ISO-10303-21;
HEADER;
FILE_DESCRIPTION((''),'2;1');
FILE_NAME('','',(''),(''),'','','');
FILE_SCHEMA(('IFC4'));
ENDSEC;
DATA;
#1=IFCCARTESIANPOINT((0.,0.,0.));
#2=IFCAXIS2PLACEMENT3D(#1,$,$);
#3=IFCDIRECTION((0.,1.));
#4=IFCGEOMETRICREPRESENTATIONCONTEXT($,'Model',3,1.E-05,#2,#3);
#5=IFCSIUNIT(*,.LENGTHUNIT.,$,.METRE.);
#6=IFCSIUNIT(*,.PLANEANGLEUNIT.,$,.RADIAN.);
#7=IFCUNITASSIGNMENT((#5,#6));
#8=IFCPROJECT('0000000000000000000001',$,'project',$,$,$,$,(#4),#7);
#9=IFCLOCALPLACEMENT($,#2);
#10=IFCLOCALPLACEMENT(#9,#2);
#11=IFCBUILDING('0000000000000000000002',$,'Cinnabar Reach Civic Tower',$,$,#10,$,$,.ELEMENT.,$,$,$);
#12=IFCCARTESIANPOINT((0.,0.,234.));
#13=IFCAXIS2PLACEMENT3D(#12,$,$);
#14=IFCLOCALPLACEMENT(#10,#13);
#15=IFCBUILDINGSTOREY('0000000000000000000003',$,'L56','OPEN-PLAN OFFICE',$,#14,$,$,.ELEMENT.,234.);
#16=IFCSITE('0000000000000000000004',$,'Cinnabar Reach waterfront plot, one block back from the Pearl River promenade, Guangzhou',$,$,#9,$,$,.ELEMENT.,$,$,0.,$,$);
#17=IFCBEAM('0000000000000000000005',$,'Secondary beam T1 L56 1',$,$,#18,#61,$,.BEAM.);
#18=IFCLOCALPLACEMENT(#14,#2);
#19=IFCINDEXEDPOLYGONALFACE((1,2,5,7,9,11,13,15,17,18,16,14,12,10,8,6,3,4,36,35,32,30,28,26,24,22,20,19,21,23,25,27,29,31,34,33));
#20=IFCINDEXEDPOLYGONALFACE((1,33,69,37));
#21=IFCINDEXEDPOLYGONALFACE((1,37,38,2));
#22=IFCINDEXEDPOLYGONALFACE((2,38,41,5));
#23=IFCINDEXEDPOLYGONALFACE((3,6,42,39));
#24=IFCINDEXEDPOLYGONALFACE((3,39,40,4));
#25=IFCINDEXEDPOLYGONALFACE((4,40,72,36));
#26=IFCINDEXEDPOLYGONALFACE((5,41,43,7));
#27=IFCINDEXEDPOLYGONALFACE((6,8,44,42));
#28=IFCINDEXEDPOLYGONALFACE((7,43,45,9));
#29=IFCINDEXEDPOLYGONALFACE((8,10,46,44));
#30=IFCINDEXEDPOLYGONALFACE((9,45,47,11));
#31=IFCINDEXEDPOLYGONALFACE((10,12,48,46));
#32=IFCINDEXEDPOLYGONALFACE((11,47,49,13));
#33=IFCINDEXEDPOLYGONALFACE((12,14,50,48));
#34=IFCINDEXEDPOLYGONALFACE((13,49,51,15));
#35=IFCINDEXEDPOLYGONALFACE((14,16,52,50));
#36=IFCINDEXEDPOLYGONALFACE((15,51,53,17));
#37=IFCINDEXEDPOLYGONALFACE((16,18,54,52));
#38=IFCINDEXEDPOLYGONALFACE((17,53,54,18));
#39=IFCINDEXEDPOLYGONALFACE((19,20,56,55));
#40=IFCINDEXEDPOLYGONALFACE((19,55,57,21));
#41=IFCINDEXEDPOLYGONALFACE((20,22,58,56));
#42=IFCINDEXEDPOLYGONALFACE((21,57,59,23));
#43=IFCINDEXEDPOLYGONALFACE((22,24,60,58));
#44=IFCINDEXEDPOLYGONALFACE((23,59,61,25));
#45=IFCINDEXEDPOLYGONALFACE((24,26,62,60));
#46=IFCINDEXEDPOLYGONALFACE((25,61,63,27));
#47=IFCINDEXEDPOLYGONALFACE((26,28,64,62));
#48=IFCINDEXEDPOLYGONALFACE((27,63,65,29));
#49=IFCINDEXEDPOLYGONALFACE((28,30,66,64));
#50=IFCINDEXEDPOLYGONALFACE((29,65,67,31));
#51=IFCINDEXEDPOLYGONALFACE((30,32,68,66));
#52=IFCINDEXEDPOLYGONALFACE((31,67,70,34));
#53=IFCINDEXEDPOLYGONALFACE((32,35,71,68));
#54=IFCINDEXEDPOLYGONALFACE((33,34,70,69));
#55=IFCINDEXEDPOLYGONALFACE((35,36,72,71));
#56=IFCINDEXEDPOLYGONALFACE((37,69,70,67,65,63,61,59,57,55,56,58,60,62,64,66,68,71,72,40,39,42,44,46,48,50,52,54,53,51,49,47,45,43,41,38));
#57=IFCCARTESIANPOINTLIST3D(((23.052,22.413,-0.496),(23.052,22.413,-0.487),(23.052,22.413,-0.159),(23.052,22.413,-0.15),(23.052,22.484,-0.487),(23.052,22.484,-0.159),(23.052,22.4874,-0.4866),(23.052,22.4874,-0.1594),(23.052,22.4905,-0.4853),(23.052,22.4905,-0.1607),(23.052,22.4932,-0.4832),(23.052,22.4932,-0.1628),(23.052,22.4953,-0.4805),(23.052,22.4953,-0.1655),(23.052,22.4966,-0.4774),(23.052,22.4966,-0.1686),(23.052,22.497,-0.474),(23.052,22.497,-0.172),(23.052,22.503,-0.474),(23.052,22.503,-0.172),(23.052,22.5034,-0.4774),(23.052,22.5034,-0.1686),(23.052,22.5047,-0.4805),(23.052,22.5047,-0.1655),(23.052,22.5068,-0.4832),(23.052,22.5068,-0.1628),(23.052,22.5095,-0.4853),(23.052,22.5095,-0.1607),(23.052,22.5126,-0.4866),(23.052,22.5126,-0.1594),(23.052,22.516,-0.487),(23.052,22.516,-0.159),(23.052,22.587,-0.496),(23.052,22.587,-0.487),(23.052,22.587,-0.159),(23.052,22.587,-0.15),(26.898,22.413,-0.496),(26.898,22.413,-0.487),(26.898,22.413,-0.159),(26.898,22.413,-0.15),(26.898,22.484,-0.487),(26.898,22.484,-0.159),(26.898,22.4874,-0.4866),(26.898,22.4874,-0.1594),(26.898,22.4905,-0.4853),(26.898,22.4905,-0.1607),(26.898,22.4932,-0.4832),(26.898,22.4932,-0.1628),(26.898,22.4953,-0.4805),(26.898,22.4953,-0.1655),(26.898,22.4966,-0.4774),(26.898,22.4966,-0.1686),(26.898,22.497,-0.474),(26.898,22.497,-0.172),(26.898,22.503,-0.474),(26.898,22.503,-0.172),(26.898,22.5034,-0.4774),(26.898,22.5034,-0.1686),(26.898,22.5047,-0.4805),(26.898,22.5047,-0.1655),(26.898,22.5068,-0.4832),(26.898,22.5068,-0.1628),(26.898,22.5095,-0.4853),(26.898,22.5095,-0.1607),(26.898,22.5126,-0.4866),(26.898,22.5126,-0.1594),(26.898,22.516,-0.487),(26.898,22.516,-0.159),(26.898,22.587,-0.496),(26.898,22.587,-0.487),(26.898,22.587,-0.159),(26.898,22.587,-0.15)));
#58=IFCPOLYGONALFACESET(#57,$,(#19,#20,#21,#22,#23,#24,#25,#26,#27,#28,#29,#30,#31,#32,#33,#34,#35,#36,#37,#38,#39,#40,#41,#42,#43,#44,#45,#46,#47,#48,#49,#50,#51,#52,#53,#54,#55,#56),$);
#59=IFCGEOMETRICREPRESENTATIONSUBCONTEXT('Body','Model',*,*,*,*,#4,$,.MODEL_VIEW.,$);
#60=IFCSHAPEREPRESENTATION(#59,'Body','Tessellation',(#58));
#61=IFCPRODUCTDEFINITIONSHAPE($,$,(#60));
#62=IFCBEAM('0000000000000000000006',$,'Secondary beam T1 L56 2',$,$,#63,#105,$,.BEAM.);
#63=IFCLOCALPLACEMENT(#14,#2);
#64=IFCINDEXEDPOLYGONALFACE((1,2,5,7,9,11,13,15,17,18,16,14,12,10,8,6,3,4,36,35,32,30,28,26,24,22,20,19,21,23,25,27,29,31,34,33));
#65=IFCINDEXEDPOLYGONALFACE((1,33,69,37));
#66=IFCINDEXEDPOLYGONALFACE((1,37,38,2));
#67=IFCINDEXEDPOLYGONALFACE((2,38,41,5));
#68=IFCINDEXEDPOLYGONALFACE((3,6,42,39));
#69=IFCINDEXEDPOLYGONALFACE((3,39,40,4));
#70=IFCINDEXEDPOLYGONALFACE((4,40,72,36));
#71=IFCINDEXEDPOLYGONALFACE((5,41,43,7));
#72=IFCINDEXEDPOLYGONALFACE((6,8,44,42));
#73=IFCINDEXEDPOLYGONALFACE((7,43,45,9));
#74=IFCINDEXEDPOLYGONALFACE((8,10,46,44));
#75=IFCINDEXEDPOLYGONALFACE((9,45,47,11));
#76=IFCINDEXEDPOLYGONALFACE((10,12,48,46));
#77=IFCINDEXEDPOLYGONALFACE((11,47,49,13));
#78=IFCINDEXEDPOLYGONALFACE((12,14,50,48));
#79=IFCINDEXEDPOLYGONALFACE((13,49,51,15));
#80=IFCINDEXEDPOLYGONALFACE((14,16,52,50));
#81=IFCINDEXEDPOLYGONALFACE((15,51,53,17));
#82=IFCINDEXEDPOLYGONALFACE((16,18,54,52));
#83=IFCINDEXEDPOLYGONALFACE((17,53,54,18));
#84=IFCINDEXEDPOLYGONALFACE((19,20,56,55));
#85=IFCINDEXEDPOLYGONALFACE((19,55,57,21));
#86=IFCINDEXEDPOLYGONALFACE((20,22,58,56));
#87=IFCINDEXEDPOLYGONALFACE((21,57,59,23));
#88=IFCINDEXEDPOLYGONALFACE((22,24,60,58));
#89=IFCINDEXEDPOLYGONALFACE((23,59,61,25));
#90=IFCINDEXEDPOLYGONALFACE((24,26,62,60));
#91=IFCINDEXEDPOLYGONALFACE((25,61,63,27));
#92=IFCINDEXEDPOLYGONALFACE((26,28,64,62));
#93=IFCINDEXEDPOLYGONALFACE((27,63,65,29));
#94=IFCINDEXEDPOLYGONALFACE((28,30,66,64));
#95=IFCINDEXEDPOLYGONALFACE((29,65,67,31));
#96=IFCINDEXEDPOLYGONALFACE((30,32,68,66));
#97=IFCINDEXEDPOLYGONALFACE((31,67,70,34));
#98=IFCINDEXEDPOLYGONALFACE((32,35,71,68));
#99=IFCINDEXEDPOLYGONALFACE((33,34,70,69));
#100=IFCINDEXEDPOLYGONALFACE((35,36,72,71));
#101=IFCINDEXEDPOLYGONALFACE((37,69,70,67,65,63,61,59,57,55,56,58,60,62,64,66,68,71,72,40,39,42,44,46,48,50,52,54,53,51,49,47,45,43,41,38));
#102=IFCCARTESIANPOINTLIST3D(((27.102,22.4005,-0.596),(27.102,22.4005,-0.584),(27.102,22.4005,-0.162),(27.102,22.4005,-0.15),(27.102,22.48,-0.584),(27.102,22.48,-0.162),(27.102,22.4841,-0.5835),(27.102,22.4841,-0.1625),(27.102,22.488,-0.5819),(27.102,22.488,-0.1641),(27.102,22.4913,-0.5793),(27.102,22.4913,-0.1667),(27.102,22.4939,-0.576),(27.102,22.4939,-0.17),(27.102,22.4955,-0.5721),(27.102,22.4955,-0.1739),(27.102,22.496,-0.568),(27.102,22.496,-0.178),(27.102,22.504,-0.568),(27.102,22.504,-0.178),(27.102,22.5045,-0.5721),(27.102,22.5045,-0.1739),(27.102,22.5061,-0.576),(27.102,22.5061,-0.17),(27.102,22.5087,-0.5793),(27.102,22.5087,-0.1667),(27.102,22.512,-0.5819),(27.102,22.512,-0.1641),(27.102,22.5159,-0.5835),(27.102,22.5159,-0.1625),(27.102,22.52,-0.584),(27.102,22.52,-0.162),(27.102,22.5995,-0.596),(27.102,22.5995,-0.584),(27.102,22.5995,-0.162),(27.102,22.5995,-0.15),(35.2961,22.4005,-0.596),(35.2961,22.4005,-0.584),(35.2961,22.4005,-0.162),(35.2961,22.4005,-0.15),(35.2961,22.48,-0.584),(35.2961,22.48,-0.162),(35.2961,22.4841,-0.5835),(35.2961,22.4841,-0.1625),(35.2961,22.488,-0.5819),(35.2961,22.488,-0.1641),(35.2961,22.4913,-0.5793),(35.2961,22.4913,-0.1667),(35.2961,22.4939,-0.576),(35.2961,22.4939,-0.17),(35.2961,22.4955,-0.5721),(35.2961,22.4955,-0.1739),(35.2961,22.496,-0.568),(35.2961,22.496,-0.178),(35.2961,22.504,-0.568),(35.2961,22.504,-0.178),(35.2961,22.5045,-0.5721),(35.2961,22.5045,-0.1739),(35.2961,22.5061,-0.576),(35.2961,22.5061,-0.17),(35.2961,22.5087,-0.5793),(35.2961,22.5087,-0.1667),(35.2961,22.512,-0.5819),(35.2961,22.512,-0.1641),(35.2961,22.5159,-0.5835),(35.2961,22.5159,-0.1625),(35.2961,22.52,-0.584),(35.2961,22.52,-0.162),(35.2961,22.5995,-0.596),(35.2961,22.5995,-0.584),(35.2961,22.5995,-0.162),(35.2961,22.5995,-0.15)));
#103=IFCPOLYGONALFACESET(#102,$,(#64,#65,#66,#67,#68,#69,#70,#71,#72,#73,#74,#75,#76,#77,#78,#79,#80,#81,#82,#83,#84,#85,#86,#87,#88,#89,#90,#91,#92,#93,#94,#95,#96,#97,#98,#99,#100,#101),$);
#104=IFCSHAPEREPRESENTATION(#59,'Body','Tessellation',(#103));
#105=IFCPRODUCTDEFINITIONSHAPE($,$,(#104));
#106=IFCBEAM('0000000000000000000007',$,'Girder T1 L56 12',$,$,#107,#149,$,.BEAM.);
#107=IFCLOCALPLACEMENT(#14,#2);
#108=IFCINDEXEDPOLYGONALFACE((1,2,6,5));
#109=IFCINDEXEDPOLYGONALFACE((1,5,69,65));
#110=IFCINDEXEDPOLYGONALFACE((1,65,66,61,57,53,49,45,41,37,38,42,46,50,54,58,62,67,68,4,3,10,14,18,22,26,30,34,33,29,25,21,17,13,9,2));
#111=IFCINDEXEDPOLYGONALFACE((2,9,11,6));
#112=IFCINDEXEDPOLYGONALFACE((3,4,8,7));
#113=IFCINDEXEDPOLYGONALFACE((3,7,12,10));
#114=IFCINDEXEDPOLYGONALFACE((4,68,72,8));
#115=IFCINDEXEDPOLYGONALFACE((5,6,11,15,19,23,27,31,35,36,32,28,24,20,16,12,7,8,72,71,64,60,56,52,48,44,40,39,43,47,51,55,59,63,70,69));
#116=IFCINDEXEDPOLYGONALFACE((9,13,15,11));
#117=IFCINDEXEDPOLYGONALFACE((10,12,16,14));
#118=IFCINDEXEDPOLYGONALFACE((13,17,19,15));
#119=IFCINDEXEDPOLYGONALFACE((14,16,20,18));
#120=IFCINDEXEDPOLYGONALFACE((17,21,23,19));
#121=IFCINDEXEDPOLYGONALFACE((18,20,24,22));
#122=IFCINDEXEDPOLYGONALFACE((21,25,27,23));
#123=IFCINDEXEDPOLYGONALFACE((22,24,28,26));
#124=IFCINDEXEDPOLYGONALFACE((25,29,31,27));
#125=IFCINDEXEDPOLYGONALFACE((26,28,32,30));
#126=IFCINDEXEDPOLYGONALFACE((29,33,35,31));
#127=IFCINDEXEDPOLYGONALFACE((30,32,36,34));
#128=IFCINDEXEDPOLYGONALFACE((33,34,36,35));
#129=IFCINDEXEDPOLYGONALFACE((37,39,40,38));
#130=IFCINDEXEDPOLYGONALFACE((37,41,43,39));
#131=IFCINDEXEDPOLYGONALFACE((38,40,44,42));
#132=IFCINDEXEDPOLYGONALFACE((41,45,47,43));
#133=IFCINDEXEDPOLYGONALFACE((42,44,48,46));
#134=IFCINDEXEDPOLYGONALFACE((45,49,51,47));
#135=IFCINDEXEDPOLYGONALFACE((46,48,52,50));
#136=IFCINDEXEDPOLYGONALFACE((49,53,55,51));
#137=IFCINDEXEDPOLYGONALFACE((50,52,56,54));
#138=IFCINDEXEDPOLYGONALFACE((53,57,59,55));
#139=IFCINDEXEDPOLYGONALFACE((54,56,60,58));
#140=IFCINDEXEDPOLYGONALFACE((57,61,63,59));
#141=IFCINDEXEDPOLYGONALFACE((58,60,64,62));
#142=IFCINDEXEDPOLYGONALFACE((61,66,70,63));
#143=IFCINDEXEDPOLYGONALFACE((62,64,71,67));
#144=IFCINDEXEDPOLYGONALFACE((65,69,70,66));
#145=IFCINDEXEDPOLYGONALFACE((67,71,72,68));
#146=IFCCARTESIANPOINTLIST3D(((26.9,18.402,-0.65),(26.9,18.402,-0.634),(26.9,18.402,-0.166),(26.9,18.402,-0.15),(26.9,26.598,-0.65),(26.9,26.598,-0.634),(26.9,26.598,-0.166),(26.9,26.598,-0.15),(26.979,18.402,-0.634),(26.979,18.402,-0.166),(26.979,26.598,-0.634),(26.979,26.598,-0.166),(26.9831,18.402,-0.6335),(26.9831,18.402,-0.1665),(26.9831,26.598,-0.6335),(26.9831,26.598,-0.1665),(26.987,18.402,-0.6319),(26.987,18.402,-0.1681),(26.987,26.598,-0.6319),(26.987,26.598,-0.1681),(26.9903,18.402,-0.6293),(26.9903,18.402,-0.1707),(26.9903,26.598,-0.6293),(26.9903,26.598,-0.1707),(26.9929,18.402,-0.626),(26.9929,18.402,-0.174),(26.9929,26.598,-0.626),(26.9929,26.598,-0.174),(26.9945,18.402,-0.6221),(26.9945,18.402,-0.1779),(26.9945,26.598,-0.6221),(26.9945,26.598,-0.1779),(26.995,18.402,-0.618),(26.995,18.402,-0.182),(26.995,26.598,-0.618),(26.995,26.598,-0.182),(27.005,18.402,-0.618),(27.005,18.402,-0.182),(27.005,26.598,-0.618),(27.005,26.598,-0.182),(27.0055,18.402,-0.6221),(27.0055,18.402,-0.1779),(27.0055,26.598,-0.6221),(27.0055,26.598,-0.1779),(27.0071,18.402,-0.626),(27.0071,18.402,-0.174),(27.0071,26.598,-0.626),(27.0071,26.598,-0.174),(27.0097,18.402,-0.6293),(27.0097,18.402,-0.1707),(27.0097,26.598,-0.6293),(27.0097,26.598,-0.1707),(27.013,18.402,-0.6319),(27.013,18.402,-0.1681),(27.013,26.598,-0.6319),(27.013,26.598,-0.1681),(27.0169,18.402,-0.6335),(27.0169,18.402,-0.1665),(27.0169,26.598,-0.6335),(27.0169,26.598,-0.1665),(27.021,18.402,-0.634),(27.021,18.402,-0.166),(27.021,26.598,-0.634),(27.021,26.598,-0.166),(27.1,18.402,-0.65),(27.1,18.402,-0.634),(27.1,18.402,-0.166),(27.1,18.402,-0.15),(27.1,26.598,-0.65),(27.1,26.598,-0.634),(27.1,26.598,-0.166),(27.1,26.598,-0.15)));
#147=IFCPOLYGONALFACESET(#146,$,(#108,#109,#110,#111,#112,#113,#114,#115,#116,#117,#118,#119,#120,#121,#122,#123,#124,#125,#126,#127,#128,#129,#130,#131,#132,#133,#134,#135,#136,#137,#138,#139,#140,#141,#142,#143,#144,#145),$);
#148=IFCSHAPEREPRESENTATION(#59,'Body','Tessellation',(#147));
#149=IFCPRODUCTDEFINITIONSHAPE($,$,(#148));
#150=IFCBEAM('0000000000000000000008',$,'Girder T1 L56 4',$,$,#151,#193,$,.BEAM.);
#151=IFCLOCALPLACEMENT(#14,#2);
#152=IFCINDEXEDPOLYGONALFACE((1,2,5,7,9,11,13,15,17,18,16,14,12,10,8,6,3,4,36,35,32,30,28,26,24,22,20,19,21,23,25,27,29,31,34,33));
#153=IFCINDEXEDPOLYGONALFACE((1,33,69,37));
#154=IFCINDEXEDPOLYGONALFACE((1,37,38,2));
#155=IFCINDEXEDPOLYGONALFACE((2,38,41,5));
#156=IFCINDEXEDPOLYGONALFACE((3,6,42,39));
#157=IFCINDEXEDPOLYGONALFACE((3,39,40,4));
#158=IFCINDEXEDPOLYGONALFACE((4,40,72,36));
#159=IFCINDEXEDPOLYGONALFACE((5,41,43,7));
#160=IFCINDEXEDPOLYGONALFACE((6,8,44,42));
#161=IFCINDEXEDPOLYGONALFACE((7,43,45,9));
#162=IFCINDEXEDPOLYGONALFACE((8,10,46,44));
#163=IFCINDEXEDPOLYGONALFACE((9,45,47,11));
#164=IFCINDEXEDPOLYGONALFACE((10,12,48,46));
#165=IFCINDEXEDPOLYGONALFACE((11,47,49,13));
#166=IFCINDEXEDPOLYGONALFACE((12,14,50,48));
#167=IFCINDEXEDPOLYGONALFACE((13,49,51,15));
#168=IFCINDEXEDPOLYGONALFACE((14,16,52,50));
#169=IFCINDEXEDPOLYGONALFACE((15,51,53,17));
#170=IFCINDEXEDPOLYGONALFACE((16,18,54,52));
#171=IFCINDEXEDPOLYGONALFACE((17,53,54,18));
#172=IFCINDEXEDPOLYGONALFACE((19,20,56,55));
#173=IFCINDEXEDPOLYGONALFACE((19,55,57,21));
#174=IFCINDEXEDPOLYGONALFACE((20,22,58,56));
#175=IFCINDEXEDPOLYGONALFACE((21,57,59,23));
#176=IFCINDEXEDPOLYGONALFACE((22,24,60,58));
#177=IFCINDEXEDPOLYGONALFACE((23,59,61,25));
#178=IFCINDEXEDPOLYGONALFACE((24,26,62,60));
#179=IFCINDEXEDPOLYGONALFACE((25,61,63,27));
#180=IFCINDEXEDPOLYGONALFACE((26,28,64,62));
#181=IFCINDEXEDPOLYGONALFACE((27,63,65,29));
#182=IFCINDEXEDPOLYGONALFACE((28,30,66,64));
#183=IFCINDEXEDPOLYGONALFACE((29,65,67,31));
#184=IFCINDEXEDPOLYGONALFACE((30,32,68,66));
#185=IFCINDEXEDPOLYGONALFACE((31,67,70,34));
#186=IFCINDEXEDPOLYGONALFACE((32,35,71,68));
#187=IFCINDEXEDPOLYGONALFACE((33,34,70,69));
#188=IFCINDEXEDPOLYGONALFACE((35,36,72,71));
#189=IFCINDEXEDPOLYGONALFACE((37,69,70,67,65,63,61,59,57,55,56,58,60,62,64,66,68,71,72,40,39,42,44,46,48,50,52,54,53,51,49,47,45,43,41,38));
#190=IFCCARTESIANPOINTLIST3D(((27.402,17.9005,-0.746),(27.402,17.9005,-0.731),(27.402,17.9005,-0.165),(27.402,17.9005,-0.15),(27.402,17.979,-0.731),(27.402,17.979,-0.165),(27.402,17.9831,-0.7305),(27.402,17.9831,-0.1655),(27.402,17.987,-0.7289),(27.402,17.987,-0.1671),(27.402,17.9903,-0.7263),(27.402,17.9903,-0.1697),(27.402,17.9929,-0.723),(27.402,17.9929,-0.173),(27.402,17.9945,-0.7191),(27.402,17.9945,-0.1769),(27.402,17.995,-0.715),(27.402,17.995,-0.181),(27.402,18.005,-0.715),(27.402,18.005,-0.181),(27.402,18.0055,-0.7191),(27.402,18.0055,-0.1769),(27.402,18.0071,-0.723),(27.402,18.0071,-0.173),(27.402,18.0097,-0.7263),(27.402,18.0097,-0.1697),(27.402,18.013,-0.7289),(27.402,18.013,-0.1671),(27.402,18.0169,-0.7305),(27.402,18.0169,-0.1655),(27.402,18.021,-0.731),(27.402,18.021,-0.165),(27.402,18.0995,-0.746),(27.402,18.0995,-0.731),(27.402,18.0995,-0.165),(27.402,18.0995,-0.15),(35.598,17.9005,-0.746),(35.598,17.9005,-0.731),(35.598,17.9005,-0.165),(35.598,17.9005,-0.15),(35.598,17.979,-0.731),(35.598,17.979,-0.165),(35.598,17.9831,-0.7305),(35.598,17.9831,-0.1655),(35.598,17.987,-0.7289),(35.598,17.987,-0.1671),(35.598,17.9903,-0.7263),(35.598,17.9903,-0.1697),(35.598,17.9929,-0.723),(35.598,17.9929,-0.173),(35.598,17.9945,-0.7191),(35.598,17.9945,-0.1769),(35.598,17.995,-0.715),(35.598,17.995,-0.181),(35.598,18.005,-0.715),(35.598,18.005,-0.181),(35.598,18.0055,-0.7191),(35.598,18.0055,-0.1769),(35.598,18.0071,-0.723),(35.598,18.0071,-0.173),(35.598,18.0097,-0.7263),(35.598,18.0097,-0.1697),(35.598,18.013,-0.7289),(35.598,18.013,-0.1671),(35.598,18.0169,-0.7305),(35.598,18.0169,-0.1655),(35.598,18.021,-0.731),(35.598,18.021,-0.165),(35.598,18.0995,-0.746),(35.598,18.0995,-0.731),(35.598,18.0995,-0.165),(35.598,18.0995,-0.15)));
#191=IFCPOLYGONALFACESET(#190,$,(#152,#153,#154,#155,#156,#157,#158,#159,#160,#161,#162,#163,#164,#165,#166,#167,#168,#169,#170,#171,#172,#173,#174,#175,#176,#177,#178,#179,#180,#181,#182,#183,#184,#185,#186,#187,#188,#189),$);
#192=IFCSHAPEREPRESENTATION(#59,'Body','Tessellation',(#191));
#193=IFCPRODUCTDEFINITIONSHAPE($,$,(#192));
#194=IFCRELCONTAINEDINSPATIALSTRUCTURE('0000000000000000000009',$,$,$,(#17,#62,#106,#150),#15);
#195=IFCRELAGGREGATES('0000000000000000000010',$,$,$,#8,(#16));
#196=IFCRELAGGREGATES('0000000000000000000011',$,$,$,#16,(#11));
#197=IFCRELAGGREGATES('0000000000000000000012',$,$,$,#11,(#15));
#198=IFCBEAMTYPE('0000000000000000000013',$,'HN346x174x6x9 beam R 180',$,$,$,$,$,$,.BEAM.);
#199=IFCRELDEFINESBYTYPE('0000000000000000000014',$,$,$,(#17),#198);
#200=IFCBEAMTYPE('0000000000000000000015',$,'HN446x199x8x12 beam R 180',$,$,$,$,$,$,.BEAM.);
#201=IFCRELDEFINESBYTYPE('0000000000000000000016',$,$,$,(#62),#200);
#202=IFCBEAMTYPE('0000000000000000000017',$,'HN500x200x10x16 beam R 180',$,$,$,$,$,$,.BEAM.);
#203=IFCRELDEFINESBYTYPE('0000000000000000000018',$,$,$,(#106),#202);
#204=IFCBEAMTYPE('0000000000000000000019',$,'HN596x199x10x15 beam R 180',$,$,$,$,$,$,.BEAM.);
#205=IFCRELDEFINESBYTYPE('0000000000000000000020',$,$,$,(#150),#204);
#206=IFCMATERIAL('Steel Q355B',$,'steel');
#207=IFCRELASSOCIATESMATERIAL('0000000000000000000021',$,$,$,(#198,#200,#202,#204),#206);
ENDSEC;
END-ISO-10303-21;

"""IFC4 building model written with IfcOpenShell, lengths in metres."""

from ifc_helpers import new_model, si_unit, direction, frame, origin, origin_2d, place, context, subcontext, project, spatial, i_section, extrude, material, material_profile, profile_set, type_object, element, save


model = new_model("IFC4")

# Units and contexts
model_context = context("Model", 3, precision=1e-05, world=origin(), true_north=direction((0.0, 1.0)))
body_context = subcontext(model_context, "Body", "Model", "MODEL_VIEW")
ifc_project = project(units=[si_unit("LENGTHUNIT", "METRE"), si_unit("PLANEANGLEUNIT", "RADIAN")], contexts=[model_context])

# Site, building, storey
site_placement = place(None, origin())
site = spatial("IfcSite", under=ifc_project, at=site_placement, Name="Cinnabar Reach waterfront plot, one block back from the Pearl River promenade, Guangzhou", CompositionType="ELEMENT", RefElevation=0.0)
building_placement = place(site_placement, origin())
building = spatial("IfcBuilding", under=site, at=building_placement, Name="Cinnabar Reach Civic Tower", CompositionType="ELEMENT")
storey_placement = place(building_placement, frame((0.0, 0.0, 234.0)))
storey = spatial("IfcBuildingStorey", under=building, at=storey_placement, Name="L56", Description="OPEN-PLAN OFFICE", CompositionType="ELEMENT", Elevation=234.0)

# Beams
ifc_material_1 = material(Name="Steel Q355B", Category="steel")
ifc_material_profile_1 = material_profile(ifc_material_1, i_section(OverallWidth=0.174, OverallDepth=0.346, WebThickness=0.006, FlangeThickness=0.009, FilletRadius=0.013, at=origin_2d()), Name="HN346x174x6x9")
ifc_profile_set_1 = profile_set([ifc_material_profile_1], Name="Steel Q355B")
beam_type_1 = type_object("IfcBeamType", Name="HN346x174x6x9 beam R 180", PredefinedType="BEAM", material=ifc_profile_set_1)
beam_1_placement = place(storey_placement, frame((23.052, 22.5, -0.323), z_axis=(1.0, 0.0, 0.0), x_axis=(0.0, 1.0, 0.0)))
element("IfcBeam", 1, at=beam_1_placement, inside=storey, type_object=beam_type_1, Name="Secondary beam T1 L56 1", PredefinedType="BEAM", context=body_context, shape_type="SweptSolid", body=[
    extrude(i_section(OverallWidth=0.174, OverallDepth=0.346, WebThickness=0.006, FlangeThickness=0.009, FilletRadius=0.013, at=origin_2d()), origin(), (0.0, 0.0, 1.0), 3.846),
])
ifc_material_profile_2 = material_profile(ifc_material_1, i_section(OverallWidth=0.199, OverallDepth=0.446, WebThickness=0.008, FlangeThickness=0.012, FilletRadius=0.016, at=origin_2d()), Name="HN446x199x8x12")
ifc_profile_set_2 = profile_set([ifc_material_profile_2], Name="Steel Q355B")
beam_type_2 = type_object("IfcBeamType", Name="HN446x199x8x12 beam R 180", PredefinedType="BEAM", material=ifc_profile_set_2)
beam_2_placement = place(storey_placement, frame((27.102, 22.5, -0.373), z_axis=(1.0, 0.0, 0.0), x_axis=(0.0, 1.0, 0.0)))
element("IfcBeam", 2, at=beam_2_placement, inside=storey, type_object=beam_type_2, Name="Secondary beam T1 L56 2", PredefinedType="BEAM", context=body_context, shape_type="SweptSolid", body=[
    extrude(i_section(OverallWidth=0.199, OverallDepth=0.446, WebThickness=0.008, FlangeThickness=0.012, FilletRadius=0.016, at=origin_2d()), origin(), (0.0, 0.0, 1.0), 8.1941),
])
ifc_material_profile_3 = material_profile(ifc_material_1, i_section(OverallWidth=0.2, OverallDepth=0.5, WebThickness=0.01, FlangeThickness=0.016, FilletRadius=0.016, at=origin_2d()), Name="HN500x200x10x16")
ifc_profile_set_3 = profile_set([ifc_material_profile_3], Name="Steel Q355B")
beam_type_3 = type_object("IfcBeamType", Name="HN500x200x10x16 beam R 180", PredefinedType="BEAM", material=ifc_profile_set_3)
beam_3_placement = place(storey_placement, frame((27.0, 18.402, -0.4), z_axis=(0.0, 1.0, 0.0), x_axis=(-1.0, 0.0, 0.0)))
element("IfcBeam", 3, at=beam_3_placement, inside=storey, type_object=beam_type_3, Name="Girder T1 L56 12", PredefinedType="BEAM", context=body_context, shape_type="SweptSolid", body=[
    extrude(i_section(OverallWidth=0.2, OverallDepth=0.5, WebThickness=0.01, FlangeThickness=0.016, FilletRadius=0.016, at=origin_2d()), origin(), (0.0, 0.0, 1.0), 8.196),
])
ifc_material_profile_4 = material_profile(ifc_material_1, i_section(OverallWidth=0.199, OverallDepth=0.596, WebThickness=0.01, FlangeThickness=0.015, FilletRadius=0.016, at=origin_2d()), Name="HN596x199x10x15")
ifc_profile_set_4 = profile_set([ifc_material_profile_4], Name="Steel Q355B")
beam_type_4 = type_object("IfcBeamType", Name="HN596x199x10x15 beam R 180", PredefinedType="BEAM", material=ifc_profile_set_4)
beam_4_placement = place(storey_placement, frame((27.402, 18.0, -0.448), z_axis=(1.0, 0.0, 0.0), x_axis=(0.0, 1.0, 0.0)))
element("IfcBeam", 4, at=beam_4_placement, inside=storey, type_object=beam_type_4, Name="Girder T1 L56 4", PredefinedType="BEAM", context=body_context, shape_type="SweptSolid", body=[
    extrude(i_section(OverallWidth=0.199, OverallDepth=0.596, WebThickness=0.01, FlangeThickness=0.015, FilletRadius=0.016, at=origin_2d()), origin(), (0.0, 0.0, 1.0), 8.196),
])

save(model, "model.ifc")
